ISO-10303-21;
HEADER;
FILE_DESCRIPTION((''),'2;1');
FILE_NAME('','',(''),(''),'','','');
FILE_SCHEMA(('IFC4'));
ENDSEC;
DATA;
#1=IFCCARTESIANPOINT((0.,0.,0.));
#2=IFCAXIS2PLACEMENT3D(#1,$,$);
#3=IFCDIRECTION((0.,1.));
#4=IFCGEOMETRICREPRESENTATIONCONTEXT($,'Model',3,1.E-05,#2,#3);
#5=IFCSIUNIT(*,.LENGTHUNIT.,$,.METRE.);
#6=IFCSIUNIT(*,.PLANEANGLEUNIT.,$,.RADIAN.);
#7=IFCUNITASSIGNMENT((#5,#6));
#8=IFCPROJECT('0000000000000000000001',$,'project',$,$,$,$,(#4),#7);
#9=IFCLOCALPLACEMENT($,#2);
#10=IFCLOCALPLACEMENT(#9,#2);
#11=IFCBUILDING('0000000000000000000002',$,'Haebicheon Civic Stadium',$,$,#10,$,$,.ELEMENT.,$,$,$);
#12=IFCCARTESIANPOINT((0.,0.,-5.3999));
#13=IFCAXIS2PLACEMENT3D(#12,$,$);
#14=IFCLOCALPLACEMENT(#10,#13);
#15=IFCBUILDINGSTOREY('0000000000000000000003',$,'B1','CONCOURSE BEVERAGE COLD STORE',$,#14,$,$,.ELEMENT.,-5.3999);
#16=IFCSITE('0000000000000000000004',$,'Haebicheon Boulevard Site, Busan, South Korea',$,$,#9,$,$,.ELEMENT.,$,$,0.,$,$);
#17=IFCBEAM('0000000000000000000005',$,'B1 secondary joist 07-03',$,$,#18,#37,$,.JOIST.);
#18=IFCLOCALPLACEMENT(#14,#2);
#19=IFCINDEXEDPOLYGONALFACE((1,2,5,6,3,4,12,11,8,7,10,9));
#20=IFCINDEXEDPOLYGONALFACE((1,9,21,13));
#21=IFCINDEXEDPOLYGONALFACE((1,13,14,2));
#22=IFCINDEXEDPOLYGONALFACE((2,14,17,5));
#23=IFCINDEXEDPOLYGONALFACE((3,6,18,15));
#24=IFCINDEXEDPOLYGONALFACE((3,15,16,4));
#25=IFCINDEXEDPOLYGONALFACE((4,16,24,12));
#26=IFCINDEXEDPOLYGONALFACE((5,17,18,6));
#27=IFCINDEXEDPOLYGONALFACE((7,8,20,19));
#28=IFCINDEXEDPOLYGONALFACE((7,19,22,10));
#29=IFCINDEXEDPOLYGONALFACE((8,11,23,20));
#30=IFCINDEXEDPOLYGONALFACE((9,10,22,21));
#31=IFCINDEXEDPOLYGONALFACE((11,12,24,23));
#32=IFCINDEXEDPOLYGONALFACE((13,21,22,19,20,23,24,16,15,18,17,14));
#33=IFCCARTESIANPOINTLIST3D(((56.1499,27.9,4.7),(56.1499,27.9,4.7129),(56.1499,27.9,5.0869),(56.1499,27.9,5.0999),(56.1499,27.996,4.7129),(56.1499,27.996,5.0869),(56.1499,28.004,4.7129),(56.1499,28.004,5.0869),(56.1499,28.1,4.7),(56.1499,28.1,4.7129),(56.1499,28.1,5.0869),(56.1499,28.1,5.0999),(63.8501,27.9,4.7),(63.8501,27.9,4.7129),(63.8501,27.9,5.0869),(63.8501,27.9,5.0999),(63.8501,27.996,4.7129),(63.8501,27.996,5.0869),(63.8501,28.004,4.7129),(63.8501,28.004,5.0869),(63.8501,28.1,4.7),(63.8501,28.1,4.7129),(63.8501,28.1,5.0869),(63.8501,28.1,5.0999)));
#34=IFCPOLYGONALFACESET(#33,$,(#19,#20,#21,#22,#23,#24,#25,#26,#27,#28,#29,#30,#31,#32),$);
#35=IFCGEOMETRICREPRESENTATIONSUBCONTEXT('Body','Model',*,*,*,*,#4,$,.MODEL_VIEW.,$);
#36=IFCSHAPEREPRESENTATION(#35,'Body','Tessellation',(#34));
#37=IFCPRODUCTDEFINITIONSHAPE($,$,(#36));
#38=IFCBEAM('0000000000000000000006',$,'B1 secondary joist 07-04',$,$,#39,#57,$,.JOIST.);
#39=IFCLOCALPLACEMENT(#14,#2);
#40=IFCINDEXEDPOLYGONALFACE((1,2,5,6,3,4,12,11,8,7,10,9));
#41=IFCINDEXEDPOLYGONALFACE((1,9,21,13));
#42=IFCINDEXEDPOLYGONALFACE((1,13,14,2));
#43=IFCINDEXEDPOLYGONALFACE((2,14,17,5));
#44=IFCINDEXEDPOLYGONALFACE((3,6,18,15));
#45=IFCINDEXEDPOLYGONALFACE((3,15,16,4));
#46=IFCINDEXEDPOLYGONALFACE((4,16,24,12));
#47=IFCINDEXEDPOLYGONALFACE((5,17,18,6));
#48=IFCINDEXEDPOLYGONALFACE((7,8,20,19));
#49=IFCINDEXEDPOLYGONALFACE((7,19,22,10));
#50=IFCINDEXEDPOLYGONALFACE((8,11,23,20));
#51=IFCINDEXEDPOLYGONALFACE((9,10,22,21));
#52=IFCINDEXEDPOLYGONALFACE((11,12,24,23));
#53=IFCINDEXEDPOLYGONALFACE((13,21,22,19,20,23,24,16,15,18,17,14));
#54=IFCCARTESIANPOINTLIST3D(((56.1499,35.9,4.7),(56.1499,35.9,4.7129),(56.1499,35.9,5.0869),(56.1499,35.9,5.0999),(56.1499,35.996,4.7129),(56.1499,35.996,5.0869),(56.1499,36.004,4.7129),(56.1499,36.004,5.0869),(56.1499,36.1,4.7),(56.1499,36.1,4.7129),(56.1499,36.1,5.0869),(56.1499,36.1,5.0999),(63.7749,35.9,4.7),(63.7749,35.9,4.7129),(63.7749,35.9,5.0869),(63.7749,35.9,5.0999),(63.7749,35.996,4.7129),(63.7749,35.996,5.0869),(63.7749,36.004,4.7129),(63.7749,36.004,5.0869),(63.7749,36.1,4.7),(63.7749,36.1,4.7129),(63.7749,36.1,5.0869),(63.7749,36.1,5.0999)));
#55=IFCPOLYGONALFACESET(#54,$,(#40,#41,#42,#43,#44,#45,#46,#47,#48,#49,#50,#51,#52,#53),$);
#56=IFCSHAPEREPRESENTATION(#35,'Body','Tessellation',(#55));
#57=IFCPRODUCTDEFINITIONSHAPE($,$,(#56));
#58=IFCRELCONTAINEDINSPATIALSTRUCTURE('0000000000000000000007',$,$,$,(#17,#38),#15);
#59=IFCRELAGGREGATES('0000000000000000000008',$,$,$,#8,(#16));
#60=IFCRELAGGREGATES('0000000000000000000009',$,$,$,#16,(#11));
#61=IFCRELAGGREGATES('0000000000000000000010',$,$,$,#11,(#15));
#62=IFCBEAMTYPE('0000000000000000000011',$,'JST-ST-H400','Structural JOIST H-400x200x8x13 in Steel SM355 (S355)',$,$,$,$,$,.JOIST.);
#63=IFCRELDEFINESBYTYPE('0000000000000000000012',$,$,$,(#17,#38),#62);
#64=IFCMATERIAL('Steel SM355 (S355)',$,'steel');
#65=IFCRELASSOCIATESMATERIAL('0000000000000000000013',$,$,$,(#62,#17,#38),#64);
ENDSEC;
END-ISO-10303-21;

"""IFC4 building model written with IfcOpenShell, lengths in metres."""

from ifc_helpers import new_model, si_unit, direction, frame, origin, origin_2d, place, context, subcontext, project, spatial, i_section, extrude, material, material_profile, profile_set, type_object, element, save


model = new_model("IFC4")

# Units and contexts
model_context = context("Model", 3, precision=1e-05, world=origin(), true_north=direction((0.0, 1.0)))
body_context = subcontext(model_context, "Body", "Model", "MODEL_VIEW")
ifc_project = project(units=[si_unit("LENGTHUNIT", "METRE"), si_unit("PLANEANGLEUNIT", "RADIAN")], contexts=[model_context])

# Site, building, storey
site_placement = place(None, origin())
site = spatial("IfcSite", under=ifc_project, at=site_placement, Name="Haebicheon Boulevard Site, Busan, South Korea", CompositionType="ELEMENT", RefElevation=0.0)
building_placement = place(site_placement, origin())
building = spatial("IfcBuilding", under=site, at=building_placement, Name="Haebicheon Civic Stadium", CompositionType="ELEMENT")
storey_placement = place(building_placement, frame((0.0, 0.0, -5.3999)))
storey = spatial("IfcBuildingStorey", under=building, at=storey_placement, Name="B1", Description="CONCOURSE BEVERAGE COLD STORE", CompositionType="ELEMENT", Elevation=-5.3999)

# Beams
ifc_material_1 = material(Name="Steel SM355 (S355)", Category="steel")
ifc_material_profile_1 = material_profile(ifc_material_1, i_section(OverallWidth=0.2, OverallDepth=0.3999, WebThickness=0.0081, FlangeThickness=0.0129, at=origin_2d()), Name="H-400x200x8x13")
ifc_profile_set_1 = profile_set([ifc_material_profile_1], Name="Steel SM355 (S355)")
beam_type_1 = type_object("IfcBeamType", Name="JST-ST-H400", Description="Structural JOIST H-400x200x8x13 in Steel SM355 (S355)", PredefinedType="JOIST", material=ifc_profile_set_1)
beam_1_placement = place(storey_placement, frame((56.1499, 28.0, 4.8999), z_axis=(1.0, 0.0, 0.0), x_axis=(0.0, 1.0, 0.0)))
element("IfcBeam", 1, at=beam_1_placement, inside=storey, type_object=beam_type_1, material=ifc_profile_set_1, Name="B1 secondary joist 07-03", PredefinedType="JOIST", context=body_context, shape_type="SweptSolid", body=[
    extrude(i_section(OverallWidth=0.2, OverallDepth=0.3999, WebThickness=0.0081, FlangeThickness=0.0129, at=origin_2d()), origin(), (0.0, 0.0, 1.0), 7.7002),
])
beam_2_placement = place(storey_placement, frame((56.1499, 36.0, 4.8999), z_axis=(1.0, 0.0, 0.0), x_axis=(0.0, 1.0, 0.0)))
element("IfcBeam", 2, at=beam_2_placement, inside=storey, type_object=beam_type_1, material=ifc_profile_set_1, Name="B1 secondary joist 07-04", PredefinedType="JOIST", context=body_context, shape_type="SweptSolid", body=[
    extrude(i_section(OverallWidth=0.2, OverallDepth=0.3999, WebThickness=0.0081, FlangeThickness=0.0129, at=origin_2d()), origin(), (0.0, 0.0, 1.0), 7.625),
])

save(model, "model.ifc")
